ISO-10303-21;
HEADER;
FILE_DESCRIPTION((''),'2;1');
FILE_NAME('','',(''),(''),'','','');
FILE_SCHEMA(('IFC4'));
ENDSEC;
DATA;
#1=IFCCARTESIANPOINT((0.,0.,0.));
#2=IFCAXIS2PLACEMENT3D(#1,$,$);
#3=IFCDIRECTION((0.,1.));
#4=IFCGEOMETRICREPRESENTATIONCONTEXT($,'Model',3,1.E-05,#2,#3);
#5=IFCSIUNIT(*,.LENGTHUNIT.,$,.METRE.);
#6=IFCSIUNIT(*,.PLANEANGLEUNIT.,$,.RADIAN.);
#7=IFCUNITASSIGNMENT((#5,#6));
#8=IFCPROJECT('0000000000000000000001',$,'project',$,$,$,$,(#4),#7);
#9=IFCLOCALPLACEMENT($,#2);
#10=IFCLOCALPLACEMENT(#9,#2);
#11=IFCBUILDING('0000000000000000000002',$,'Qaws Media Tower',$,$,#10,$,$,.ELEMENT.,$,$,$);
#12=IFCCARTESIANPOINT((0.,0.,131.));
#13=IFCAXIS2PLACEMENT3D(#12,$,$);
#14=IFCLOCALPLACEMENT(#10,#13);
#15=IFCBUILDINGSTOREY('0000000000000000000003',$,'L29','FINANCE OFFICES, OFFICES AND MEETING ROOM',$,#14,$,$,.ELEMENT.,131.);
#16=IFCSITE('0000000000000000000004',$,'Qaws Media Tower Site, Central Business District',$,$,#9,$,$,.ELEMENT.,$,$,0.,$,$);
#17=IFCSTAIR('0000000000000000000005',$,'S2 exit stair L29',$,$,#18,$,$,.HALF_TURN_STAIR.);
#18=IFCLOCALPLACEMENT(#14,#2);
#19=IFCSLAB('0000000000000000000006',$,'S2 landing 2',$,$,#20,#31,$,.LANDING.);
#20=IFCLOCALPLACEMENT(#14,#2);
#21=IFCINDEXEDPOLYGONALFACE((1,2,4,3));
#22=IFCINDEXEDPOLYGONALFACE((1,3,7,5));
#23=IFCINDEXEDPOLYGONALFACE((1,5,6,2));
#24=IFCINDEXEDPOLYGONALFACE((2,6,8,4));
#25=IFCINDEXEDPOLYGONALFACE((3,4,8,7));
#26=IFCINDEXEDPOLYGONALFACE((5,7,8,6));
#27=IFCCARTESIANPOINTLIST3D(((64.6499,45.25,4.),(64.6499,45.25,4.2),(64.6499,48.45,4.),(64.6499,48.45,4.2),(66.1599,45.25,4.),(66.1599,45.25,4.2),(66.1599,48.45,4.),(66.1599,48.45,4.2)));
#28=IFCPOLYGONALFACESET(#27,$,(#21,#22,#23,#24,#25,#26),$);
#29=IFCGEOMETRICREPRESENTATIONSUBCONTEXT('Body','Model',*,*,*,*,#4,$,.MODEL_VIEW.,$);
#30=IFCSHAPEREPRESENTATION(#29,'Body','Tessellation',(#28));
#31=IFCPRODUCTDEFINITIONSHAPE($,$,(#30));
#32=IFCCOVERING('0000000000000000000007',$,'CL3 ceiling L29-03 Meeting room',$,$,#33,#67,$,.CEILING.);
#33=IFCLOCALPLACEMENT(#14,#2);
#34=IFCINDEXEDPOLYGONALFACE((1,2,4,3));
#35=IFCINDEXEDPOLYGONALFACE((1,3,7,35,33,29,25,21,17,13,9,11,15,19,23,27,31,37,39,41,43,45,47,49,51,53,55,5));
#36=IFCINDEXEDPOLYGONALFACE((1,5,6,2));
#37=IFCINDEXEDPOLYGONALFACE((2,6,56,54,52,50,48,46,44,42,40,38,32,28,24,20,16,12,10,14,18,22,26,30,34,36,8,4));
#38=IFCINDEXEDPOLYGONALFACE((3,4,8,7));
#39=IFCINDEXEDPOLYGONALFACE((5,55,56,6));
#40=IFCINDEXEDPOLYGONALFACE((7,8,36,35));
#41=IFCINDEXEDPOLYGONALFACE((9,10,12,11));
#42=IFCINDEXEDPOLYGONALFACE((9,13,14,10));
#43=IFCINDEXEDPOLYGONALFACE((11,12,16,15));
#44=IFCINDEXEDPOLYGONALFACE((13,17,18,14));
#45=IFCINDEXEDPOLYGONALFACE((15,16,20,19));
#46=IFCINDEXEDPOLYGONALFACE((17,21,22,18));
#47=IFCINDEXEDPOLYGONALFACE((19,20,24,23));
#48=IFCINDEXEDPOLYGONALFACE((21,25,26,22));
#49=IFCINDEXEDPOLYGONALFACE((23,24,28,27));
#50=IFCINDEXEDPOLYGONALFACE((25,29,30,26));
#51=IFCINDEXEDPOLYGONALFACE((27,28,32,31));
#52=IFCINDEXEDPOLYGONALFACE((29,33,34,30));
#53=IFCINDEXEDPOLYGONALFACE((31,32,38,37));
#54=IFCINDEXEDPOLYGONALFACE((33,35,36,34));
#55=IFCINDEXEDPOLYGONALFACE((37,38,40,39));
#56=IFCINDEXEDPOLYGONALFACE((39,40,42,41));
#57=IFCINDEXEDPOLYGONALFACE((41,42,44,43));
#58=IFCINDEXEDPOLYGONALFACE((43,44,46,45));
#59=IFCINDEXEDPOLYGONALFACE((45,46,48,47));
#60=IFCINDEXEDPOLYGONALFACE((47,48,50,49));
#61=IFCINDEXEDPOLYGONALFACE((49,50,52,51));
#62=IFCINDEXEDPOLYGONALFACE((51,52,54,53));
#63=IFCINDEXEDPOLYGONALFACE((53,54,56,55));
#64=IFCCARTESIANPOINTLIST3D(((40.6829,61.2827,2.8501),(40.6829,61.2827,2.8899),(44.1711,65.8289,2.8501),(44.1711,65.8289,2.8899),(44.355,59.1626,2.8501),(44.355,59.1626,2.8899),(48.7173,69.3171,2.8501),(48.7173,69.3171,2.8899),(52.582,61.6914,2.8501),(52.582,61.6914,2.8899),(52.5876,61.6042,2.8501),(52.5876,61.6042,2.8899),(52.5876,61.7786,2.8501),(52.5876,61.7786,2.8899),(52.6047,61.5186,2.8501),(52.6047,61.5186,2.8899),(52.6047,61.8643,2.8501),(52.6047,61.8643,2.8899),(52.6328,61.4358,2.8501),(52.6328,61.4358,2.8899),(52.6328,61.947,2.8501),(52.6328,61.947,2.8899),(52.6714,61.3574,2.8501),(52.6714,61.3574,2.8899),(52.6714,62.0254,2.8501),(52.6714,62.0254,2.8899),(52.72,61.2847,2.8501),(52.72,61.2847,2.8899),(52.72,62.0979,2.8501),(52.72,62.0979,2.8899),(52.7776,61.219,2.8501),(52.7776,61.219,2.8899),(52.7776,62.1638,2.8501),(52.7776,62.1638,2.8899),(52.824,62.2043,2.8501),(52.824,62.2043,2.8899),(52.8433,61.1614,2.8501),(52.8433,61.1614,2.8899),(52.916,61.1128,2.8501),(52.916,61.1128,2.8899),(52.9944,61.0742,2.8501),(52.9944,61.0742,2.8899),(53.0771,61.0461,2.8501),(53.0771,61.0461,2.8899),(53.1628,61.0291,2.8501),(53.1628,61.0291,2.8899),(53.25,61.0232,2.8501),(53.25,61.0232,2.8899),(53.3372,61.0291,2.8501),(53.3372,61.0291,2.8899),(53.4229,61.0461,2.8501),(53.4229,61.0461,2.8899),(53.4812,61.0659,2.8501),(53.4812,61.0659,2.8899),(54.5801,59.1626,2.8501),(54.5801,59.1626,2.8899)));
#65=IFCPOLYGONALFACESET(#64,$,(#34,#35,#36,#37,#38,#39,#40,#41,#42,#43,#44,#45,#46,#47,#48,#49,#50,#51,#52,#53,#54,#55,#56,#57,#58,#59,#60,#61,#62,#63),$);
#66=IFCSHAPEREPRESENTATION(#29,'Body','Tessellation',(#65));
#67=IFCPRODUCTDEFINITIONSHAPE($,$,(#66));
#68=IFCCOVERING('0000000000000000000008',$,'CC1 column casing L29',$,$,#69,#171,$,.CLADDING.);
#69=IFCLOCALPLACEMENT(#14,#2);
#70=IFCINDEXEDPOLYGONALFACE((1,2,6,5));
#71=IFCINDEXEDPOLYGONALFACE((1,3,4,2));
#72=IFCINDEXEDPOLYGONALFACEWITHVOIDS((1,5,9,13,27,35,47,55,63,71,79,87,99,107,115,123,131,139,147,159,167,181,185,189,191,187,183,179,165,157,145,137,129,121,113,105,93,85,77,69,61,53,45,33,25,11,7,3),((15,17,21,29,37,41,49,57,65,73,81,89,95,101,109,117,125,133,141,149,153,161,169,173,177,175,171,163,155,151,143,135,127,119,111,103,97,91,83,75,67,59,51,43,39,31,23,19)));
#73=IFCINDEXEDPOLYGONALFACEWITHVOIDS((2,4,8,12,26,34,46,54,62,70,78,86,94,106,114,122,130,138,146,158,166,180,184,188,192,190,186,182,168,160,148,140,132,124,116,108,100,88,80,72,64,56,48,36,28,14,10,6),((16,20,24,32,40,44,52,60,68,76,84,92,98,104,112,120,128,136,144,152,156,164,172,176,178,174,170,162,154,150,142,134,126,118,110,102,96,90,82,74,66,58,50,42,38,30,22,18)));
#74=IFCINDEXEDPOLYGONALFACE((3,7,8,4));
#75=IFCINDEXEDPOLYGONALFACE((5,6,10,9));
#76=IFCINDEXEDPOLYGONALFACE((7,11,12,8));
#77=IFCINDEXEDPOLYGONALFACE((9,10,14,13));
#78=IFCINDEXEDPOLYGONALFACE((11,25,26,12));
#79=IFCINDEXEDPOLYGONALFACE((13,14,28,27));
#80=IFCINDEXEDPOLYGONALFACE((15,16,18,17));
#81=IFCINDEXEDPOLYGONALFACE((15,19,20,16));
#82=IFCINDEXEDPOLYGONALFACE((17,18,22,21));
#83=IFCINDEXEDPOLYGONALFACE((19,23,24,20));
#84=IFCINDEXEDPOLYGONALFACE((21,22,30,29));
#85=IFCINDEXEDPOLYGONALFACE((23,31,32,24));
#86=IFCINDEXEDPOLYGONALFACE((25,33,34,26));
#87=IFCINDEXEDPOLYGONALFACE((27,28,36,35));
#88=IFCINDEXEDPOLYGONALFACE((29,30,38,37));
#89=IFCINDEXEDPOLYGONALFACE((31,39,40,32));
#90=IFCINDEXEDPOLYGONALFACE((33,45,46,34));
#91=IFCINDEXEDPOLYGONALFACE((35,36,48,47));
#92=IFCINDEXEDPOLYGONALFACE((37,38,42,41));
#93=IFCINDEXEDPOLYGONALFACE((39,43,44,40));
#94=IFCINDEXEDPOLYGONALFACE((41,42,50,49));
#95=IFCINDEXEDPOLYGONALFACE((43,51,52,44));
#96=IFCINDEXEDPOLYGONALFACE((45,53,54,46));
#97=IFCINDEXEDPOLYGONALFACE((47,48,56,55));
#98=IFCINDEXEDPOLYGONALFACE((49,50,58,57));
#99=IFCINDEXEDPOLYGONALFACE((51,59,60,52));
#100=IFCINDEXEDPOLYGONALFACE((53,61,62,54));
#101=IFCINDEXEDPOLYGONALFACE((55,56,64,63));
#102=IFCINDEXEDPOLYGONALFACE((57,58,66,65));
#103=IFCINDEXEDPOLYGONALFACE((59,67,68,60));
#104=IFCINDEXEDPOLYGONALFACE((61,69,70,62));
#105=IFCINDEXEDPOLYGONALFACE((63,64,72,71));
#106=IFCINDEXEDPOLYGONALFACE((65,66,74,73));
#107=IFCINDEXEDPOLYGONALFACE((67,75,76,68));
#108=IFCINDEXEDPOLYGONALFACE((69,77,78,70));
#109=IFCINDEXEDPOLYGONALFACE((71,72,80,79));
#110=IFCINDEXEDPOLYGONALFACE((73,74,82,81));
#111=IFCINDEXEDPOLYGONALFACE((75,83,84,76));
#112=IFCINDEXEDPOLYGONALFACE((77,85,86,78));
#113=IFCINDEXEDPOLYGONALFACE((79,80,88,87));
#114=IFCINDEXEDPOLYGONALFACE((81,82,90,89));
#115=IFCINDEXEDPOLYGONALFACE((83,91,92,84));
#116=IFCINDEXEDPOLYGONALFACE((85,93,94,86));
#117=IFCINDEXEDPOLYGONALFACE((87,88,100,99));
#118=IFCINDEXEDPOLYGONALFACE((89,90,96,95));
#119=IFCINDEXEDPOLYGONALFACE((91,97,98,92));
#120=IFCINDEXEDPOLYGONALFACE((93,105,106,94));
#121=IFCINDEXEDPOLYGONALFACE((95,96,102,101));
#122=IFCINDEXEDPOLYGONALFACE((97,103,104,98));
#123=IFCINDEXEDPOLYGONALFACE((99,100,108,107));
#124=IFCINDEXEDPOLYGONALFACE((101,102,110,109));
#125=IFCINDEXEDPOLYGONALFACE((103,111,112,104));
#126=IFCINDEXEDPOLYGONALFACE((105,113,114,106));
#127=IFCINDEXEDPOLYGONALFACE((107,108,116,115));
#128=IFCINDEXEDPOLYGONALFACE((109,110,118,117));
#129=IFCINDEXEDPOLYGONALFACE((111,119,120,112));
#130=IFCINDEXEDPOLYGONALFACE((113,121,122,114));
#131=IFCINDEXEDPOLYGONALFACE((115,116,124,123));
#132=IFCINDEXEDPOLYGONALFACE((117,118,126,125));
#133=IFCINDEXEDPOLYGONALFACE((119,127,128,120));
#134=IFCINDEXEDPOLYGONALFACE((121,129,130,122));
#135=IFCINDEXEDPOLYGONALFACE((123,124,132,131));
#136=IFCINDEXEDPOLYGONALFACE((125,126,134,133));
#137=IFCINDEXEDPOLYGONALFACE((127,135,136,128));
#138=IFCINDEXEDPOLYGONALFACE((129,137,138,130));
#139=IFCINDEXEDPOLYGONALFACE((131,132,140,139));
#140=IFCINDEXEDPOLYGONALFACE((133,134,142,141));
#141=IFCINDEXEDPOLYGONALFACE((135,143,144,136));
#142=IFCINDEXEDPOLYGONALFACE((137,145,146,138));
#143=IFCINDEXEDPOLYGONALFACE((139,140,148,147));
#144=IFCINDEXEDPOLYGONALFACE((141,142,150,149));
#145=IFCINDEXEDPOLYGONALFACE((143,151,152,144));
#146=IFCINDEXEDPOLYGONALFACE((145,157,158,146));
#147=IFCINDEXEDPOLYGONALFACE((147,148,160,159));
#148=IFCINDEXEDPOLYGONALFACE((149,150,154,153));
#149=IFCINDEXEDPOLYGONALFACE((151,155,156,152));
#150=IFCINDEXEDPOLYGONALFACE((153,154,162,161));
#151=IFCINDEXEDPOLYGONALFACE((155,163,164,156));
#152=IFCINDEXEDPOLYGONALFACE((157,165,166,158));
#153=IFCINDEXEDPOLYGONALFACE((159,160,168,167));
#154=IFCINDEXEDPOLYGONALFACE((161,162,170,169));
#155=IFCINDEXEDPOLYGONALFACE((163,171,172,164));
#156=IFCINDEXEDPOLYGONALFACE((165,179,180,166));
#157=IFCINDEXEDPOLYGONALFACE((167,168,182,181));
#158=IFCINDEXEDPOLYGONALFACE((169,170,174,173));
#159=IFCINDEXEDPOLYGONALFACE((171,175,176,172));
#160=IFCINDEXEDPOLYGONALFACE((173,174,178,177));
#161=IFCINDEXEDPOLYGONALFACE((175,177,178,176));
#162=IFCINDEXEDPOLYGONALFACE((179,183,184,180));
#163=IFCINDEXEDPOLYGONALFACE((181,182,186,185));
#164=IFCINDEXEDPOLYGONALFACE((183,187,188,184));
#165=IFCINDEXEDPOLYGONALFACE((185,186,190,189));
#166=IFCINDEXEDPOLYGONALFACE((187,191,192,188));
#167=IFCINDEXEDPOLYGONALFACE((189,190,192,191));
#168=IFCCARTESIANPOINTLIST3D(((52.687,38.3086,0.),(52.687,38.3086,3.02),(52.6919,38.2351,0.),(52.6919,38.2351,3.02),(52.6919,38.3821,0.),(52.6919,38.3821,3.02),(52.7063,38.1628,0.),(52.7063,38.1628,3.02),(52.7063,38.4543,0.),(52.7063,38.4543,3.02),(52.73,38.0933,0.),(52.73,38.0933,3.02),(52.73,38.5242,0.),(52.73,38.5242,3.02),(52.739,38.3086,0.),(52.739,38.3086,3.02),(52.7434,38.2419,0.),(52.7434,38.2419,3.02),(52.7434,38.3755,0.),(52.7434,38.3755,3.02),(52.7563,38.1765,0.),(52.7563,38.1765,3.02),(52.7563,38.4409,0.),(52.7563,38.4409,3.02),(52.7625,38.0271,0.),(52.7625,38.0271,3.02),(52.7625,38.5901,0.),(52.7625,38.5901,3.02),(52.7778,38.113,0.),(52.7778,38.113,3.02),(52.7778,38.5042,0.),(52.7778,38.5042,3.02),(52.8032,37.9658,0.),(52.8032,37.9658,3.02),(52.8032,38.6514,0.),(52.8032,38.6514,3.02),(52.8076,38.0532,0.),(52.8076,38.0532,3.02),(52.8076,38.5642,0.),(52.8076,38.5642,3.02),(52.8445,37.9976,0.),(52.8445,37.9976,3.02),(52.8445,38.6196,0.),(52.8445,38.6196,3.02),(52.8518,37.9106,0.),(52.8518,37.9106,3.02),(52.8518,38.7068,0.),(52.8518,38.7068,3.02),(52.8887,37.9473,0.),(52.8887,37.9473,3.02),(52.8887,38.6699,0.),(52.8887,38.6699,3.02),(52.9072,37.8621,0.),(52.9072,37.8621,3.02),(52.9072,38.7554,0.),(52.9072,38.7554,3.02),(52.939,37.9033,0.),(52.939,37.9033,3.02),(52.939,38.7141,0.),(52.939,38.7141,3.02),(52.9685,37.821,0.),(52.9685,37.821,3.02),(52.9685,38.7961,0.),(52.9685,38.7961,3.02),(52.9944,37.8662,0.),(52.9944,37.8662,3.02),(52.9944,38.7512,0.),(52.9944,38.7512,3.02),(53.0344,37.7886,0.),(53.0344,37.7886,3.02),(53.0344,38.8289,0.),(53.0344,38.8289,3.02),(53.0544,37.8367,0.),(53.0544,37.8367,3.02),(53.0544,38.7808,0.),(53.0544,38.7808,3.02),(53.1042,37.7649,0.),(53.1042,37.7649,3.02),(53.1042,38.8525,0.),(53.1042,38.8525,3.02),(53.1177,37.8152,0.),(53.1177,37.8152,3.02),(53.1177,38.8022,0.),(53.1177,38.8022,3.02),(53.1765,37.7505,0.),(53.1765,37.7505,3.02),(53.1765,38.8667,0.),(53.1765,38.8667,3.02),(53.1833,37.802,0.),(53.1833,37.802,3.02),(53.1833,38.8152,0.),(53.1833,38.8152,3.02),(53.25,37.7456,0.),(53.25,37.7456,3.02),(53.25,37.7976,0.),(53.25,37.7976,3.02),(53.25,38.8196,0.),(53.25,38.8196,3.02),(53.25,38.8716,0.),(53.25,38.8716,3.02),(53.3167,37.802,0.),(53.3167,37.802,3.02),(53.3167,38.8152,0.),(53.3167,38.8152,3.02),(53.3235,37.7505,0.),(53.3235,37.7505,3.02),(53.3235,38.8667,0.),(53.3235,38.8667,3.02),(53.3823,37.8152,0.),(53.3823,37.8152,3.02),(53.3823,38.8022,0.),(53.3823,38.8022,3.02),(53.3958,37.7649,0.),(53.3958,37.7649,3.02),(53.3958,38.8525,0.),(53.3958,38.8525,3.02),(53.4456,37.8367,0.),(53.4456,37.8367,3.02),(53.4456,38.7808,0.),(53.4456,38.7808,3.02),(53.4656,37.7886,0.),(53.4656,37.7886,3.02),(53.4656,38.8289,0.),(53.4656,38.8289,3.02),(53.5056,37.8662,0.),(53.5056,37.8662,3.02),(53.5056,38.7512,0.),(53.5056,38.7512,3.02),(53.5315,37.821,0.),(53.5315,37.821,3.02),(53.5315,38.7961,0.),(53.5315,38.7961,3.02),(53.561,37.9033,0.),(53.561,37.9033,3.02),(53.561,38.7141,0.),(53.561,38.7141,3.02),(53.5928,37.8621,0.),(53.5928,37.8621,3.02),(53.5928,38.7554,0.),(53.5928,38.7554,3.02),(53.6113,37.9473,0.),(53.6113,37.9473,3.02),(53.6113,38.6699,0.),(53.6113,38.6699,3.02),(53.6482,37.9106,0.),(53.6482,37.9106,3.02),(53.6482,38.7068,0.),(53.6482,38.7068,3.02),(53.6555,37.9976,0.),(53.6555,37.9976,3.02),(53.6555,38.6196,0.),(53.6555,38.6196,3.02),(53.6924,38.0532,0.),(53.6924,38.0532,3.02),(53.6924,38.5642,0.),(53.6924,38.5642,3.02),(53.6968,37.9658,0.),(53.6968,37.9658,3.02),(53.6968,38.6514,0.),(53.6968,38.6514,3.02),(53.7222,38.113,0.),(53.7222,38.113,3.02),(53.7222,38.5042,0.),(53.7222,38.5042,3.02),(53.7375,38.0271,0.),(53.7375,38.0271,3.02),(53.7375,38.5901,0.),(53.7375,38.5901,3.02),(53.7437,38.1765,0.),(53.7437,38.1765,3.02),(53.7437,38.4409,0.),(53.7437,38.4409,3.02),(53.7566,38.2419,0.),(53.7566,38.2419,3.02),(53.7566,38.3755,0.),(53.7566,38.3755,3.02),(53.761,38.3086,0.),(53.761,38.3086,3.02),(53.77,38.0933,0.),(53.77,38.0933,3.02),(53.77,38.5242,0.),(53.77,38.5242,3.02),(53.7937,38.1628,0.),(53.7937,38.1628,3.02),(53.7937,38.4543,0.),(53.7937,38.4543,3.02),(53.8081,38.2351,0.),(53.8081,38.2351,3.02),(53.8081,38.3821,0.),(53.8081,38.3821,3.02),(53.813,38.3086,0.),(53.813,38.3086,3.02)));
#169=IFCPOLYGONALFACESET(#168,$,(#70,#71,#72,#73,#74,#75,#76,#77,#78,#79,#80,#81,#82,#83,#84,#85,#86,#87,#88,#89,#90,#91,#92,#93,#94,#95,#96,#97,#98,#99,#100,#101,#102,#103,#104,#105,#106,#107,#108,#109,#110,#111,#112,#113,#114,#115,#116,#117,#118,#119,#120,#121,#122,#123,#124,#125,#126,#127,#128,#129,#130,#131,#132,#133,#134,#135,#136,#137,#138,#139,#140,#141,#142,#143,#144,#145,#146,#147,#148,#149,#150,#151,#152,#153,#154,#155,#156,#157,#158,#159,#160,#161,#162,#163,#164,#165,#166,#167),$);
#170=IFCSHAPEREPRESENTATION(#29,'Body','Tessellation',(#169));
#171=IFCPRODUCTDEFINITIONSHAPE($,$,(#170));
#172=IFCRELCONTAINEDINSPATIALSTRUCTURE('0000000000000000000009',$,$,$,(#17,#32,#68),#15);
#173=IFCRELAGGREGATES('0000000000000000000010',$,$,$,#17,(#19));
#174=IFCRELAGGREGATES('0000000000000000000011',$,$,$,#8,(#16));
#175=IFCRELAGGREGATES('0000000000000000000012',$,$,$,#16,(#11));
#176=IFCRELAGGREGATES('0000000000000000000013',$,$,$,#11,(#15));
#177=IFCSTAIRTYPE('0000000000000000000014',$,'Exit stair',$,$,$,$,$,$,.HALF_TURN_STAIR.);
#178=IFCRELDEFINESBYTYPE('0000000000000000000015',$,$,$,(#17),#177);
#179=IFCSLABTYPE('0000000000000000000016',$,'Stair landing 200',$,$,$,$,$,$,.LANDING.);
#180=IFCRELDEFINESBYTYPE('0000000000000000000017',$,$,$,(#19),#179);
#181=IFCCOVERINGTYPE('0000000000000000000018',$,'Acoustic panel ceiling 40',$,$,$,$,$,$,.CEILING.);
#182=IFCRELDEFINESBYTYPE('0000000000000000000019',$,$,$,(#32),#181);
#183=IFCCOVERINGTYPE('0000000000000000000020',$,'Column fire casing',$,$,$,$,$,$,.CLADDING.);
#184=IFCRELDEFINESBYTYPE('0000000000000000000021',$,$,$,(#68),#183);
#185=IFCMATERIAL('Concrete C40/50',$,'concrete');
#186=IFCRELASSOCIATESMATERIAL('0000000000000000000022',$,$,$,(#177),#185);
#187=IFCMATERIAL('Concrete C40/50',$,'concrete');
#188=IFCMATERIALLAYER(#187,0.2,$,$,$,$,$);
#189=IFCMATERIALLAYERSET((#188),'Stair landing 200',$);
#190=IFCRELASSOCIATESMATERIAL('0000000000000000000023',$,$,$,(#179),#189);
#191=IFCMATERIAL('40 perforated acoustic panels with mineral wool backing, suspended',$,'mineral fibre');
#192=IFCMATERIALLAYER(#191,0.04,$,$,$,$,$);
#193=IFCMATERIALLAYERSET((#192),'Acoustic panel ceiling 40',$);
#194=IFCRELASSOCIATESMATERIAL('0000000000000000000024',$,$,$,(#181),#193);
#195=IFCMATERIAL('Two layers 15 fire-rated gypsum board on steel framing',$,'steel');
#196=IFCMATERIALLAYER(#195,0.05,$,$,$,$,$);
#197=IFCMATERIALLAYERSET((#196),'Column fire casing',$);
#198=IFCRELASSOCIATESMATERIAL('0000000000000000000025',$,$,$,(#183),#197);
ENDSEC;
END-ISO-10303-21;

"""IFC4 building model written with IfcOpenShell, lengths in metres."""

from ifc_helpers import new_model, si_unit, direction, frame, origin, place, context, subcontext, project, spatial, polyline, outline, extrude, material, layer, layer_set, type_object, element, aggregate, save


model = new_model("IFC4")

# Units and contexts
model_context = context("Model", 3, precision=1e-05, world=origin(), true_north=direction((0.0, 1.0)))
body_context = subcontext(model_context, "Body", "Model", "MODEL_VIEW")
ifc_project = project(units=[si_unit("LENGTHUNIT", "METRE"), si_unit("PLANEANGLEUNIT", "RADIAN")], contexts=[model_context])

# Site, building, storey
site_placement = place(None, origin())
site = spatial("IfcSite", under=ifc_project, at=site_placement, Name="Qaws Media Tower Site, Central Business District", CompositionType="ELEMENT", RefElevation=0.0)
building_placement = place(site_placement, origin())
building = spatial("IfcBuilding", under=site, at=building_placement, Name="Qaws Media Tower", CompositionType="ELEMENT")
storey_placement = place(building_placement, frame((0.0, 0.0, 131.0)))
storey = spatial("IfcBuildingStorey", under=building, at=storey_placement, Name="L29", Description="FINANCE OFFICES, OFFICES AND MEETING ROOM", CompositionType="ELEMENT", Elevation=131.0)

# Stair, slab
ifc_material_1 = material(Name="Concrete C40/50", Category="concrete")
stair_type = type_object("IfcStairType", Name="Exit stair", PredefinedType="HALF_TURN_STAIR", material=ifc_material_1)
ifc_material_2 = material(Name="Concrete C40/50", Category="concrete")
ifc_layer_1 = layer(ifc_material_2, 0.2)
ifc_layer_set_1 = layer_set([ifc_layer_1], Name="Stair landing 200")
slab_type = type_object("IfcSlabType", Name="Stair landing 200", PredefinedType="LANDING", material=ifc_layer_set_1)
stair_1_placement = place(storey_placement, origin())
stair_1 = element("IfcStair", 1, at=stair_1_placement, inside=storey, type_object=stair_type, Name="S2 exit stair L29", PredefinedType="HALF_TURN_STAIR")
slab_1_placement = place(storey_placement, frame((0.0, 0.0, 4.0)))
slab_1 = element("IfcSlab", 2, at=slab_1_placement, type_object=slab_type, Name="S2 landing 2", PredefinedType="LANDING", context=body_context, shape_type="SweptSolid", body=[
    extrude(outline(polyline([(64.6499, 45.25), (66.1599, 45.25), (66.1599, 48.45), (64.6499, 48.45), (64.6499, 45.25)])), origin(), (0.0, 0.0, 1.0), 0.2),
])
aggregate(stair_1, [slab_1])

# Coverings
ifc_material_3 = material(Name="40 perforated acoustic panels with mineral wool backing, suspended", Category="mineral fibre")
ifc_layer_2 = layer(ifc_material_3, 0.04)
ifc_layer_set_2 = layer_set([ifc_layer_2], Name="Acoustic panel ceiling 40")
covering_type_1 = type_object("IfcCoveringType", Name="Acoustic panel ceiling 40", PredefinedType="CEILING", material=ifc_layer_set_2)
covering_1_placement = place(storey_placement, frame((0.0, 0.0, 2.8501)))
element("IfcCovering", 3, at=covering_1_placement, inside=storey, type_object=covering_type_1, Name="CL3 ceiling L29-03 Meeting room", PredefinedType="CEILING", context=body_context, shape_type="SweptSolid", body=[
    extrude(outline(polyline([(44.1711, 65.8289), (48.7173, 69.3171), (52.824, 62.2043), (52.7776, 62.1638), (52.72, 62.0979), (52.6714, 62.0254), (52.6328, 61.947), (52.6047, 61.8643), (52.5876, 61.7786), (52.582, 61.6914), (52.5876, 61.6042), (52.6047, 61.5186), (52.6328, 61.4358), (52.6714, 61.3574), (52.72, 61.2847), (52.7776, 61.219), (52.8433, 61.1614), (52.916, 61.1128), (52.9944, 61.0742), (53.0771, 61.0461), (53.1628, 61.0291), (53.25, 61.0232), (53.3372, 61.0291), (53.4229, 61.0461), (53.4812, 61.0659), (54.5801, 59.1626), (44.355, 59.1626), (40.6829, 61.2827), (44.1711, 65.8289)])), origin(), (0.0, 0.0, 1.0), 0.0398),
])
ifc_material_4 = material(Name="Two layers 15 fire-rated gypsum board on steel framing", Category="steel")
ifc_layer_3 = layer(ifc_material_4, 0.05)
ifc_layer_set_3 = layer_set([ifc_layer_3], Name="Column fire casing")
covering_type_2 = type_object("IfcCoveringType", Name="Column fire casing", PredefinedType="CLADDING", material=ifc_layer_set_3)
covering_2_placement = place(storey_placement, origin())
element("IfcCovering", 4, at=covering_2_placement, inside=storey, type_object=covering_type_2, Name="CC1 column casing L29", PredefinedType="CLADDING", context=body_context, shape_type="SweptSolid", body=[
    extrude(outline(polyline([(53.813, 38.3086), (53.8081, 38.2351), (53.7937, 38.1628), (53.77, 38.0933), (53.7375, 38.0271), (53.6968, 37.9658), (53.6482, 37.9106), (53.5928, 37.8621), (53.5315, 37.821), (53.4656, 37.7886), (53.3958, 37.7649), (53.3235, 37.7505), (53.25, 37.7456), (53.1765, 37.7505), (53.1042, 37.7649), (53.0344, 37.7886), (52.9685, 37.821), (52.9072, 37.8621), (52.8518, 37.9106), (52.8032, 37.9658), (52.7625, 38.0271), (52.73, 38.0933), (52.7063, 38.1628), (52.6919, 38.2351), (52.687, 38.3086), (52.6919, 38.3821), (52.7063, 38.4543), (52.73, 38.5242), (52.7625, 38.5901), (52.8032, 38.6514), (52.8518, 38.7068), (52.9072, 38.7554), (52.9685, 38.7961), (53.0344, 38.8289), (53.1042, 38.8525), (53.1765, 38.8667), (53.25, 38.8716), (53.3235, 38.8667), (53.3958, 38.8525), (53.4656, 38.8289), (53.5315, 38.7961), (53.5928, 38.7554), (53.6482, 38.7068), (53.6968, 38.6514), (53.7375, 38.5901), (53.77, 38.5242), (53.7937, 38.4543), (53.8081, 38.3821), (53.813, 38.3086)]), holes=[polyline([(53.761, 38.3086), (53.7566, 38.2419), (53.7437, 38.1765), (53.7222, 38.113), (53.6924, 38.0532), (53.6555, 37.9976), (53.6113, 37.9473), (53.561, 37.9033), (53.5056, 37.8662), (53.4456, 37.8367), (53.3823, 37.8152), (53.3167, 37.802), (53.25, 37.7976), (53.1833, 37.802), (53.1177, 37.8152), (53.0544, 37.8367), (52.9944, 37.8662), (52.939, 37.9033), (52.8887, 37.9473), (52.8445, 37.9976), (52.8076, 38.0532), (52.7778, 38.113), (52.7563, 38.1765), (52.7434, 38.2419), (52.739, 38.3086), (52.7434, 38.3755), (52.7563, 38.4409), (52.7778, 38.5042), (52.8076, 38.5642), (52.8445, 38.6196), (52.8887, 38.6699), (52.939, 38.7141), (52.9944, 38.7512), (53.0544, 38.7808), (53.1177, 38.8022), (53.1833, 38.8152), (53.25, 38.8196), (53.3167, 38.8152), (53.3823, 38.8022), (53.4456, 38.7808), (53.5056, 38.7512), (53.561, 38.7141), (53.6113, 38.6699), (53.6555, 38.6196), (53.6924, 38.5642), (53.7222, 38.5042), (53.7437, 38.4409), (53.7566, 38.3755), (53.761, 38.3086)])]), origin(), (0.0, 0.0, 1.0), 3.02),
])

save(model, "model.ifc")
